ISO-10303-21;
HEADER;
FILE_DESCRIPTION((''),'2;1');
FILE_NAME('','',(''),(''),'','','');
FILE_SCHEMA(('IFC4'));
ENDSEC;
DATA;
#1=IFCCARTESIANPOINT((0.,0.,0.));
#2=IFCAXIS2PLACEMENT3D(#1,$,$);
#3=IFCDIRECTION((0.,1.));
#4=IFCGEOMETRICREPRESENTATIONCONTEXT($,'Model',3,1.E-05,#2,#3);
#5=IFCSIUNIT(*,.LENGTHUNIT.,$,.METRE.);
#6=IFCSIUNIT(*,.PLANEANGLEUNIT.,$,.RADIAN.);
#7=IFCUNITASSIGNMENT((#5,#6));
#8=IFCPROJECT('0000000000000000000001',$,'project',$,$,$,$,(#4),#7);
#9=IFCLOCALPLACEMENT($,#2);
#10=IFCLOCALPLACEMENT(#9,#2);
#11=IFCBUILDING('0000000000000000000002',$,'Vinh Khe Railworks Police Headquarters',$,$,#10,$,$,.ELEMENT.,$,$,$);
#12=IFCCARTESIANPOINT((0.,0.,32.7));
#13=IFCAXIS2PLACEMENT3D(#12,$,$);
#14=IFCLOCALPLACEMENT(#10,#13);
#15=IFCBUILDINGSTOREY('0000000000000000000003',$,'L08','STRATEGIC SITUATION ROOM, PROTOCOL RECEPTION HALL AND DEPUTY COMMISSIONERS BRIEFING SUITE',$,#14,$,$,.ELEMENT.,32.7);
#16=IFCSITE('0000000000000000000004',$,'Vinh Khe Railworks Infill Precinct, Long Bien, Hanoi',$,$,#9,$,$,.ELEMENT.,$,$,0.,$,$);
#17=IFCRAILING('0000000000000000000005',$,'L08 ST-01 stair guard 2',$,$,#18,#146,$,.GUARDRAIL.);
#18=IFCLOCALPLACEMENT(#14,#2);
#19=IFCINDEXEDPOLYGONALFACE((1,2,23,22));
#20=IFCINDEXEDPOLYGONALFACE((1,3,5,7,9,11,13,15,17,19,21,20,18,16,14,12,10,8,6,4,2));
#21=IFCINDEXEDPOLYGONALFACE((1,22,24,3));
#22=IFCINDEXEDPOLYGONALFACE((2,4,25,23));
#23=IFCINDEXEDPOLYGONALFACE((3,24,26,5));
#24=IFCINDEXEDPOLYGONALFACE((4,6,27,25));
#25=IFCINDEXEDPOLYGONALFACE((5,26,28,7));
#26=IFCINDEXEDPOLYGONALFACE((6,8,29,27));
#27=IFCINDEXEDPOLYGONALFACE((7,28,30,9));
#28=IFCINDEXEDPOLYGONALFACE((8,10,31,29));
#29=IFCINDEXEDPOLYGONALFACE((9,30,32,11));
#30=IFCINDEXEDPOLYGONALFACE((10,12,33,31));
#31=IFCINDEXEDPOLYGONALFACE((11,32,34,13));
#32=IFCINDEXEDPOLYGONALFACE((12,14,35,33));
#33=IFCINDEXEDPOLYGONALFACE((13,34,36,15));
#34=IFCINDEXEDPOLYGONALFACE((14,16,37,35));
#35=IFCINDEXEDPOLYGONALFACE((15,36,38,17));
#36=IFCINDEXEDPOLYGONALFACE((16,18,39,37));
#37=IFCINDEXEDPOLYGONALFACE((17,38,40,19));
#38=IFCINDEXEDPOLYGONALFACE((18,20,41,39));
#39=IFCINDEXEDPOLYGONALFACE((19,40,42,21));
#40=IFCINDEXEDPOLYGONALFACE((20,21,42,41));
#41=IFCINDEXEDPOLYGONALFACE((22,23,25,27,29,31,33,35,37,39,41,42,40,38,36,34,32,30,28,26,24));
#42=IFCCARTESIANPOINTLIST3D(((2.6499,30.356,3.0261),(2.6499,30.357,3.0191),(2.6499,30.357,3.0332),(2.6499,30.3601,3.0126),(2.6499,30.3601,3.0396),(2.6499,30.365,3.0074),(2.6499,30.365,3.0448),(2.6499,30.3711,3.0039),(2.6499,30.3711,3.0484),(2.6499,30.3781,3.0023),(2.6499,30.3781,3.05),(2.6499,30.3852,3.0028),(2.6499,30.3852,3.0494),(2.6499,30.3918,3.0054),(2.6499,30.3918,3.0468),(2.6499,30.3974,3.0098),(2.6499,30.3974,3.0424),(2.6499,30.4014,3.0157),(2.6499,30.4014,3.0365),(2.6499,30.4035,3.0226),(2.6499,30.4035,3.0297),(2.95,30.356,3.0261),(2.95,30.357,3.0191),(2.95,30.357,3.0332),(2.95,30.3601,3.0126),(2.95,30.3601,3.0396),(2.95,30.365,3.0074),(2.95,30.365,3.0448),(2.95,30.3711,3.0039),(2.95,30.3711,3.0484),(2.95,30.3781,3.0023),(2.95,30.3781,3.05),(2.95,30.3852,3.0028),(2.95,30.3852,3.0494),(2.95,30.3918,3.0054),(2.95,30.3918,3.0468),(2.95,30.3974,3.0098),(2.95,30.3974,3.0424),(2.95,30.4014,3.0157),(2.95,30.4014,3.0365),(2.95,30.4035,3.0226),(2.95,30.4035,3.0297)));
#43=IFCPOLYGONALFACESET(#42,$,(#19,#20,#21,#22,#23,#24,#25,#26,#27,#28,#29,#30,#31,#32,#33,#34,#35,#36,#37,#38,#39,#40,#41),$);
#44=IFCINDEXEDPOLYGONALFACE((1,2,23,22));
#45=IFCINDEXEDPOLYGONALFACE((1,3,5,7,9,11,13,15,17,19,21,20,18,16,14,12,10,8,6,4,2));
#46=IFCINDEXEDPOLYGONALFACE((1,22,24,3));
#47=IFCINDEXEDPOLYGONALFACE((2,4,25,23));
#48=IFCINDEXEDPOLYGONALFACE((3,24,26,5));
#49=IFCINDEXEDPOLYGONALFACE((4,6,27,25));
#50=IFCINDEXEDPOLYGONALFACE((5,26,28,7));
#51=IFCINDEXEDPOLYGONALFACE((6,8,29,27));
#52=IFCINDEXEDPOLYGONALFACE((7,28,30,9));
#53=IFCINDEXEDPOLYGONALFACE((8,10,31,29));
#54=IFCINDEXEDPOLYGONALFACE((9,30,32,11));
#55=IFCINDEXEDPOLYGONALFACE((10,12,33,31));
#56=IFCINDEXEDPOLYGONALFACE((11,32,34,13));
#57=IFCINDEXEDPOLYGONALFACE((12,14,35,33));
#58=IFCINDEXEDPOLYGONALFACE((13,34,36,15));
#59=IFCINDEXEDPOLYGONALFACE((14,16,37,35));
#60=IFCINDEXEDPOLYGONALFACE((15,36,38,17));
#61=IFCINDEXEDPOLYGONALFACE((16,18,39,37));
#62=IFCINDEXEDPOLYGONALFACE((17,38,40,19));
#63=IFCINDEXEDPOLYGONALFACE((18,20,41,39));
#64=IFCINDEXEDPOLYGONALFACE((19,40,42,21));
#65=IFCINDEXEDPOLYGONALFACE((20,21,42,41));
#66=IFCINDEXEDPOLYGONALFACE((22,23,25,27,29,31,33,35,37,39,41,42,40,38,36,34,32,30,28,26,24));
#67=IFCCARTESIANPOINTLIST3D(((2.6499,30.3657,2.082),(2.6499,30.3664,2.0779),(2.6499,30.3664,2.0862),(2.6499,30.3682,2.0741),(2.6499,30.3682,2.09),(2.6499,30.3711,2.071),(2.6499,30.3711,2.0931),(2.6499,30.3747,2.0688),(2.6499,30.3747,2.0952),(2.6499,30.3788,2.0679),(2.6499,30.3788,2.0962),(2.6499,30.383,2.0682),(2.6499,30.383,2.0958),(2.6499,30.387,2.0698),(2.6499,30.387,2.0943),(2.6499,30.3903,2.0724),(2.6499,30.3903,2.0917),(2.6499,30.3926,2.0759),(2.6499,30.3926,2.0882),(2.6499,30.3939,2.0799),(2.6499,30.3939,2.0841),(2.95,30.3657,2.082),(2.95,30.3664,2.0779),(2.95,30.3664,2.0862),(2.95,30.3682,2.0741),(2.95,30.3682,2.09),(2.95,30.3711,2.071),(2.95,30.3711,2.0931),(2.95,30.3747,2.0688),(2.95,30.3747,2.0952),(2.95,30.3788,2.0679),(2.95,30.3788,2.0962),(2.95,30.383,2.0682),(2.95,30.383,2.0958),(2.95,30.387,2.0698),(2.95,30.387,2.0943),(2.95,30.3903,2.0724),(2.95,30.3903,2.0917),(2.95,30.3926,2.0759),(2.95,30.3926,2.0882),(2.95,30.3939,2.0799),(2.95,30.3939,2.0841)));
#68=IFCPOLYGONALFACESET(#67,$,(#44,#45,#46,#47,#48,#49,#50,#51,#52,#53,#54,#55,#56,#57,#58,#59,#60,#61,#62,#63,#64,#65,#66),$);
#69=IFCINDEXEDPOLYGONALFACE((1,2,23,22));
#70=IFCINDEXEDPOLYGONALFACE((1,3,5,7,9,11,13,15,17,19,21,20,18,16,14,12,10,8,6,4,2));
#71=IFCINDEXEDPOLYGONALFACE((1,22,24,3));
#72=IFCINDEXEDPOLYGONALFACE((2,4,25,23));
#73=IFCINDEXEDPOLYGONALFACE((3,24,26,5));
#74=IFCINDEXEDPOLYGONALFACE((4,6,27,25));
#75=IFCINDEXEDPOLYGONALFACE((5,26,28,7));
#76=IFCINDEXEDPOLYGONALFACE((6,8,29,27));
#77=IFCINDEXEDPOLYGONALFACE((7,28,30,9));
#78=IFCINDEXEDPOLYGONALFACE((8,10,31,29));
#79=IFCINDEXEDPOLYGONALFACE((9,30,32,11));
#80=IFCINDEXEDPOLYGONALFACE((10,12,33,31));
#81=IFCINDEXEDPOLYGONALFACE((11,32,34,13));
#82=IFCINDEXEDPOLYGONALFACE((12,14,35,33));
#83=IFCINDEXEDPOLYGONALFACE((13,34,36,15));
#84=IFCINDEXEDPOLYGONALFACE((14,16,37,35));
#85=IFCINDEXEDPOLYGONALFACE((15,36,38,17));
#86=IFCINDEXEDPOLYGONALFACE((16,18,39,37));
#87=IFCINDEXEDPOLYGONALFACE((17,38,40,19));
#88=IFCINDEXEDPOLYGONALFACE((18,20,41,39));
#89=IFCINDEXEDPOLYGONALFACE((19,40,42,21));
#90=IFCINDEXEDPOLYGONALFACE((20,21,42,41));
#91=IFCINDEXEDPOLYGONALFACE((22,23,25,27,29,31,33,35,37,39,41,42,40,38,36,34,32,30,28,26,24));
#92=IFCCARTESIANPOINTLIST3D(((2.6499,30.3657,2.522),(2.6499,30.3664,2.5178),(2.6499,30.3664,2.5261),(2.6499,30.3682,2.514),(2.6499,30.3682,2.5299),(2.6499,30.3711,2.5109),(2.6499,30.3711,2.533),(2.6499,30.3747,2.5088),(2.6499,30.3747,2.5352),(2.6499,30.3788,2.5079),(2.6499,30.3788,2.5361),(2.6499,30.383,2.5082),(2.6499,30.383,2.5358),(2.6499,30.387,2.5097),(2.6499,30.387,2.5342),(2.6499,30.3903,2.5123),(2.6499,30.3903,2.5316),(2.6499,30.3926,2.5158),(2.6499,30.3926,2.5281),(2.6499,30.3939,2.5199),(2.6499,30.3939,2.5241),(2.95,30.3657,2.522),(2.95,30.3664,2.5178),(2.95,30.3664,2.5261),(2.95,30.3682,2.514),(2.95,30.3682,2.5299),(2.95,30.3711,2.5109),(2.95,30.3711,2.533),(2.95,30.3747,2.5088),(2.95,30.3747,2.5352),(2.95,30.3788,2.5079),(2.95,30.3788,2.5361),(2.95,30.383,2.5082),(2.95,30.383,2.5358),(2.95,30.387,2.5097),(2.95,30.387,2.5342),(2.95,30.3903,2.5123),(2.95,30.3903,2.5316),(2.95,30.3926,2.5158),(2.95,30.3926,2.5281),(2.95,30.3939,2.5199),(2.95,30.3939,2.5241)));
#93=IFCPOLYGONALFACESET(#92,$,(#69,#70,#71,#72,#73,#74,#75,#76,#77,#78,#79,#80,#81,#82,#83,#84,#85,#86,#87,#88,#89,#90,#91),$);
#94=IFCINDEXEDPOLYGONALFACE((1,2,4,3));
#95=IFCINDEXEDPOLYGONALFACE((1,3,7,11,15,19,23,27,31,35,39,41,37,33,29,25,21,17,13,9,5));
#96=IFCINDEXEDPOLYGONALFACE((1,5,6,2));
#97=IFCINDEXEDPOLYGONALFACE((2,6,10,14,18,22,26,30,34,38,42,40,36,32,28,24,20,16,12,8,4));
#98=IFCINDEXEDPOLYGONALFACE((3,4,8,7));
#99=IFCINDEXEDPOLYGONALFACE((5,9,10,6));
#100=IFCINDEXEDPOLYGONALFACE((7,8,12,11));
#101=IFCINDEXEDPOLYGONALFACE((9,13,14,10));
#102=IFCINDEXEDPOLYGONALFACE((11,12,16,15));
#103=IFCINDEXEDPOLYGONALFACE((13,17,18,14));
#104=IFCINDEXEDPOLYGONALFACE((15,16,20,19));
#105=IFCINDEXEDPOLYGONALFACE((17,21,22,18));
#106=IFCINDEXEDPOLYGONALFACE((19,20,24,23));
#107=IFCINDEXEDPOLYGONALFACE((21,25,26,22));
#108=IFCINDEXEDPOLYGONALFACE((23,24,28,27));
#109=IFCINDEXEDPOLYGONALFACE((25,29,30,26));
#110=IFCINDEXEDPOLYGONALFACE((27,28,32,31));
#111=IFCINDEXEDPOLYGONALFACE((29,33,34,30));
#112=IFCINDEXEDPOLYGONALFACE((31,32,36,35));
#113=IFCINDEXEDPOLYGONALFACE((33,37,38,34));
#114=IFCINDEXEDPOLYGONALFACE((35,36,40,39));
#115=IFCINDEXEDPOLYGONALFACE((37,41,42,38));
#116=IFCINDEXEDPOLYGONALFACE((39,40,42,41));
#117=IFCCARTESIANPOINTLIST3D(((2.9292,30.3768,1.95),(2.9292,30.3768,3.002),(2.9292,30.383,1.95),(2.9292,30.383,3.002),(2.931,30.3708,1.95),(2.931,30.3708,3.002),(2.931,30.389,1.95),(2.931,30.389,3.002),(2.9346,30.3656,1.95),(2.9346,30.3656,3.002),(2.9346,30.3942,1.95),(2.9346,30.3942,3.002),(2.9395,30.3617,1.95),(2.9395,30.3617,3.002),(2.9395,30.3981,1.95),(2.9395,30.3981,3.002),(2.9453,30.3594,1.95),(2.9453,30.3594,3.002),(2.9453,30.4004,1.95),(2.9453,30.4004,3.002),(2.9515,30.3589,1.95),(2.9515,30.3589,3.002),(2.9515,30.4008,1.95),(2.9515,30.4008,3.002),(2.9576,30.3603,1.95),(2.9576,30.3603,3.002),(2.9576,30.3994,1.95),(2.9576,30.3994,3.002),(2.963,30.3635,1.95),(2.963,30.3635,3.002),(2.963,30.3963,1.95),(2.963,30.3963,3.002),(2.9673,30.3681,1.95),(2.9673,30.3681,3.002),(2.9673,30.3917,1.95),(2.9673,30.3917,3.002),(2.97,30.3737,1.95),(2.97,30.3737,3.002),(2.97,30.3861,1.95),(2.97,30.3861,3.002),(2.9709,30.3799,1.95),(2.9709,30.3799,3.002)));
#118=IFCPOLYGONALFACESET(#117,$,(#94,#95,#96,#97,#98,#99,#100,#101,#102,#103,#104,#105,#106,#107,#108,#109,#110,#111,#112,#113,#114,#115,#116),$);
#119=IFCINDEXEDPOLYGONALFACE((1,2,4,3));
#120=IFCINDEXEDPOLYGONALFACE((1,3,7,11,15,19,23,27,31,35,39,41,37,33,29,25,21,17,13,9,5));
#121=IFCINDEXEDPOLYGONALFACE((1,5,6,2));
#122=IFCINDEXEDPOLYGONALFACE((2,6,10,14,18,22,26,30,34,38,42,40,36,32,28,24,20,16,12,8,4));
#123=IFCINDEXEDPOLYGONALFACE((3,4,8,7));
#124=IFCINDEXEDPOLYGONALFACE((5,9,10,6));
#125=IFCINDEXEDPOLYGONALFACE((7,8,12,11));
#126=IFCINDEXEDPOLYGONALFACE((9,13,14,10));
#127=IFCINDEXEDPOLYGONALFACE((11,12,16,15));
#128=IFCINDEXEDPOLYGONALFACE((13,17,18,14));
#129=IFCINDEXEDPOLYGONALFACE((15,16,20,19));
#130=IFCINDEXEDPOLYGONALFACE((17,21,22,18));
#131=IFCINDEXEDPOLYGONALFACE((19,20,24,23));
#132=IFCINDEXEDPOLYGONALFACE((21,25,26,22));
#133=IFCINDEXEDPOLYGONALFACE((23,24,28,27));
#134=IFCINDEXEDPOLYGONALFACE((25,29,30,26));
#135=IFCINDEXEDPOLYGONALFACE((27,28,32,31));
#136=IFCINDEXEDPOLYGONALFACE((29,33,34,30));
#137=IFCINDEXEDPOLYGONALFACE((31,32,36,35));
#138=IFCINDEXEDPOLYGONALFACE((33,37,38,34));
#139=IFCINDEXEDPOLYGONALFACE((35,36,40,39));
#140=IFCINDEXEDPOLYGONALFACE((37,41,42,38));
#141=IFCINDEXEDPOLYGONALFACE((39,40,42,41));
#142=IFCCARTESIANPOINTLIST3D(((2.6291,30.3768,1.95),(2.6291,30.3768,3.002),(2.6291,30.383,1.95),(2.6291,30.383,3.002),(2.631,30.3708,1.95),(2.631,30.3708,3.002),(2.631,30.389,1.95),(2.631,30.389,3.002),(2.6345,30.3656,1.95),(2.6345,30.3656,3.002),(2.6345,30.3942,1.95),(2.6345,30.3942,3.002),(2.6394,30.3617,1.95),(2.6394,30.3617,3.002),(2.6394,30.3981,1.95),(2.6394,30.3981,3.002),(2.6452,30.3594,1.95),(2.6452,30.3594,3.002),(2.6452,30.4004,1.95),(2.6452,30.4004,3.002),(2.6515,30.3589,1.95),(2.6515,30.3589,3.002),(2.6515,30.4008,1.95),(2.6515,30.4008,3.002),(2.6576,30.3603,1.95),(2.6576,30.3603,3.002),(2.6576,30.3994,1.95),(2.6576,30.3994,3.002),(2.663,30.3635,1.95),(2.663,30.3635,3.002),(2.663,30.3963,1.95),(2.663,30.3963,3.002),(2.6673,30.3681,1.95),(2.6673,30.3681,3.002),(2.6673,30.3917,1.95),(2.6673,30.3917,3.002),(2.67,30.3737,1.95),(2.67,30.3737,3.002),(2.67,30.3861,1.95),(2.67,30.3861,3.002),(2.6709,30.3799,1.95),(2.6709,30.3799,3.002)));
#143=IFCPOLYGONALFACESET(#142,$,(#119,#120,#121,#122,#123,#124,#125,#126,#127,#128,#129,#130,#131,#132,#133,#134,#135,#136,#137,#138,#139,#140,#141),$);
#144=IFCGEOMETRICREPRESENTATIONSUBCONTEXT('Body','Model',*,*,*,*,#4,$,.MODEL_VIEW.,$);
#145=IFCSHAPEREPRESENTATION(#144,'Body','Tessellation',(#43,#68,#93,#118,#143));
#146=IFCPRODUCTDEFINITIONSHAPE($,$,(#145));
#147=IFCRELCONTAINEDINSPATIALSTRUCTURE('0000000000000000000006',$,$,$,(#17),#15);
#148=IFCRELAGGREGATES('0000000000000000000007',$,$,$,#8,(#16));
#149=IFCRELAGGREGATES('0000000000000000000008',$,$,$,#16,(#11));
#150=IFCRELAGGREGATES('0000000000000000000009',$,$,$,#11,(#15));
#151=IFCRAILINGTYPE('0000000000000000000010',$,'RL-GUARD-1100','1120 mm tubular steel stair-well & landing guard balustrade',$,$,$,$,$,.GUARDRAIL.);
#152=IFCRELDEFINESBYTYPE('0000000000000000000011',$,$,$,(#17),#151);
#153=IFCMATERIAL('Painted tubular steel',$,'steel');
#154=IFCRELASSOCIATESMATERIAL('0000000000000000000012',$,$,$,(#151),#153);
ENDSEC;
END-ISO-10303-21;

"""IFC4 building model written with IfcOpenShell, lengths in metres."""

from ifc_helpers import new_model, si_unit, direction, frame, origin, origin_2d, place, context, subcontext, project, spatial, circle, extrude, material, type_object, element, save


model = new_model("IFC4")

# Units and contexts
model_context = context("Model", 3, precision=1e-05, world=origin(), true_north=direction((0.0, 1.0)))
body_context = subcontext(model_context, "Body", "Model", "MODEL_VIEW")
ifc_project = project(units=[si_unit("LENGTHUNIT", "METRE"), si_unit("PLANEANGLEUNIT", "RADIAN")], contexts=[model_context])

# Site, building, storey
site_placement = place(None, origin())
site = spatial("IfcSite", under=ifc_project, at=site_placement, Name="Vinh Khe Railworks Infill Precinct, Long Bien, Hanoi", CompositionType="ELEMENT", RefElevation=0.0)
building_placement = place(site_placement, origin())
building = spatial("IfcBuilding", under=site, at=building_placement, Name="Vinh Khe Railworks Police Headquarters", CompositionType="ELEMENT")
storey_placement = place(building_placement, frame((0.0, 0.0, 32.7)))
storey = spatial("IfcBuildingStorey", under=building, at=storey_placement, Name="L08", Description="STRATEGIC SITUATION ROOM, PROTOCOL RECEPTION HALL AND DEPUTY COMMISSIONERS BRIEFING SUITE", CompositionType="ELEMENT", Elevation=32.7)

# Railing
ifc_material_1 = material(Name="Painted tubular steel", Category="steel")
railing_type_1 = type_object("IfcRailingType", Name="RL-GUARD-1100", Description="1120 mm tubular steel stair-well & landing guard balustrade", PredefinedType="GUARDRAIL", material=ifc_material_1)
railing_1_placement = place(storey_placement, frame((2.95, 30.3799, 1.95)))
element("IfcRailing", 1, at=railing_1_placement, inside=storey, type_object=railing_type_1, Name="L08 ST-01 stair guard 2", PredefinedType="GUARDRAIL", context=body_context, shape_type="SweptSolid", body=[
    extrude(circle(Radius=0.0239, at=origin_2d()), frame((0.0, 0.0, 1.0762), z_axis=(-1.0, 0.0, 0.0), x_axis=(0.0, -1.0, 0.0)), (0.0, 0.0, 1.0), 0.3),
    extrude(circle(Radius=0.0142, at=origin_2d()), frame((0.0, 0.0, 0.1321), z_axis=(-1.0, 0.0, 0.0), x_axis=(0.0, -1.0, 0.0)), (0.0, 0.0, 1.0), 0.3),
    extrude(circle(Radius=0.0142, at=origin_2d()), frame((0.0, 0.0, 0.572), z_axis=(-1.0, 0.0, 0.0), x_axis=(0.0, -1.0, 0.0)), (0.0, 0.0, 1.0), 0.3),
    extrude(circle(Radius=0.021, at=origin_2d()), origin(), (0.0, 0.0, 1.0), 1.052),
    extrude(circle(Radius=0.021, at=origin_2d()), frame((-0.3, 0.0, 0.0)), (0.0, 0.0, 1.0), 1.052),
])

save(model, "model.ifc")
